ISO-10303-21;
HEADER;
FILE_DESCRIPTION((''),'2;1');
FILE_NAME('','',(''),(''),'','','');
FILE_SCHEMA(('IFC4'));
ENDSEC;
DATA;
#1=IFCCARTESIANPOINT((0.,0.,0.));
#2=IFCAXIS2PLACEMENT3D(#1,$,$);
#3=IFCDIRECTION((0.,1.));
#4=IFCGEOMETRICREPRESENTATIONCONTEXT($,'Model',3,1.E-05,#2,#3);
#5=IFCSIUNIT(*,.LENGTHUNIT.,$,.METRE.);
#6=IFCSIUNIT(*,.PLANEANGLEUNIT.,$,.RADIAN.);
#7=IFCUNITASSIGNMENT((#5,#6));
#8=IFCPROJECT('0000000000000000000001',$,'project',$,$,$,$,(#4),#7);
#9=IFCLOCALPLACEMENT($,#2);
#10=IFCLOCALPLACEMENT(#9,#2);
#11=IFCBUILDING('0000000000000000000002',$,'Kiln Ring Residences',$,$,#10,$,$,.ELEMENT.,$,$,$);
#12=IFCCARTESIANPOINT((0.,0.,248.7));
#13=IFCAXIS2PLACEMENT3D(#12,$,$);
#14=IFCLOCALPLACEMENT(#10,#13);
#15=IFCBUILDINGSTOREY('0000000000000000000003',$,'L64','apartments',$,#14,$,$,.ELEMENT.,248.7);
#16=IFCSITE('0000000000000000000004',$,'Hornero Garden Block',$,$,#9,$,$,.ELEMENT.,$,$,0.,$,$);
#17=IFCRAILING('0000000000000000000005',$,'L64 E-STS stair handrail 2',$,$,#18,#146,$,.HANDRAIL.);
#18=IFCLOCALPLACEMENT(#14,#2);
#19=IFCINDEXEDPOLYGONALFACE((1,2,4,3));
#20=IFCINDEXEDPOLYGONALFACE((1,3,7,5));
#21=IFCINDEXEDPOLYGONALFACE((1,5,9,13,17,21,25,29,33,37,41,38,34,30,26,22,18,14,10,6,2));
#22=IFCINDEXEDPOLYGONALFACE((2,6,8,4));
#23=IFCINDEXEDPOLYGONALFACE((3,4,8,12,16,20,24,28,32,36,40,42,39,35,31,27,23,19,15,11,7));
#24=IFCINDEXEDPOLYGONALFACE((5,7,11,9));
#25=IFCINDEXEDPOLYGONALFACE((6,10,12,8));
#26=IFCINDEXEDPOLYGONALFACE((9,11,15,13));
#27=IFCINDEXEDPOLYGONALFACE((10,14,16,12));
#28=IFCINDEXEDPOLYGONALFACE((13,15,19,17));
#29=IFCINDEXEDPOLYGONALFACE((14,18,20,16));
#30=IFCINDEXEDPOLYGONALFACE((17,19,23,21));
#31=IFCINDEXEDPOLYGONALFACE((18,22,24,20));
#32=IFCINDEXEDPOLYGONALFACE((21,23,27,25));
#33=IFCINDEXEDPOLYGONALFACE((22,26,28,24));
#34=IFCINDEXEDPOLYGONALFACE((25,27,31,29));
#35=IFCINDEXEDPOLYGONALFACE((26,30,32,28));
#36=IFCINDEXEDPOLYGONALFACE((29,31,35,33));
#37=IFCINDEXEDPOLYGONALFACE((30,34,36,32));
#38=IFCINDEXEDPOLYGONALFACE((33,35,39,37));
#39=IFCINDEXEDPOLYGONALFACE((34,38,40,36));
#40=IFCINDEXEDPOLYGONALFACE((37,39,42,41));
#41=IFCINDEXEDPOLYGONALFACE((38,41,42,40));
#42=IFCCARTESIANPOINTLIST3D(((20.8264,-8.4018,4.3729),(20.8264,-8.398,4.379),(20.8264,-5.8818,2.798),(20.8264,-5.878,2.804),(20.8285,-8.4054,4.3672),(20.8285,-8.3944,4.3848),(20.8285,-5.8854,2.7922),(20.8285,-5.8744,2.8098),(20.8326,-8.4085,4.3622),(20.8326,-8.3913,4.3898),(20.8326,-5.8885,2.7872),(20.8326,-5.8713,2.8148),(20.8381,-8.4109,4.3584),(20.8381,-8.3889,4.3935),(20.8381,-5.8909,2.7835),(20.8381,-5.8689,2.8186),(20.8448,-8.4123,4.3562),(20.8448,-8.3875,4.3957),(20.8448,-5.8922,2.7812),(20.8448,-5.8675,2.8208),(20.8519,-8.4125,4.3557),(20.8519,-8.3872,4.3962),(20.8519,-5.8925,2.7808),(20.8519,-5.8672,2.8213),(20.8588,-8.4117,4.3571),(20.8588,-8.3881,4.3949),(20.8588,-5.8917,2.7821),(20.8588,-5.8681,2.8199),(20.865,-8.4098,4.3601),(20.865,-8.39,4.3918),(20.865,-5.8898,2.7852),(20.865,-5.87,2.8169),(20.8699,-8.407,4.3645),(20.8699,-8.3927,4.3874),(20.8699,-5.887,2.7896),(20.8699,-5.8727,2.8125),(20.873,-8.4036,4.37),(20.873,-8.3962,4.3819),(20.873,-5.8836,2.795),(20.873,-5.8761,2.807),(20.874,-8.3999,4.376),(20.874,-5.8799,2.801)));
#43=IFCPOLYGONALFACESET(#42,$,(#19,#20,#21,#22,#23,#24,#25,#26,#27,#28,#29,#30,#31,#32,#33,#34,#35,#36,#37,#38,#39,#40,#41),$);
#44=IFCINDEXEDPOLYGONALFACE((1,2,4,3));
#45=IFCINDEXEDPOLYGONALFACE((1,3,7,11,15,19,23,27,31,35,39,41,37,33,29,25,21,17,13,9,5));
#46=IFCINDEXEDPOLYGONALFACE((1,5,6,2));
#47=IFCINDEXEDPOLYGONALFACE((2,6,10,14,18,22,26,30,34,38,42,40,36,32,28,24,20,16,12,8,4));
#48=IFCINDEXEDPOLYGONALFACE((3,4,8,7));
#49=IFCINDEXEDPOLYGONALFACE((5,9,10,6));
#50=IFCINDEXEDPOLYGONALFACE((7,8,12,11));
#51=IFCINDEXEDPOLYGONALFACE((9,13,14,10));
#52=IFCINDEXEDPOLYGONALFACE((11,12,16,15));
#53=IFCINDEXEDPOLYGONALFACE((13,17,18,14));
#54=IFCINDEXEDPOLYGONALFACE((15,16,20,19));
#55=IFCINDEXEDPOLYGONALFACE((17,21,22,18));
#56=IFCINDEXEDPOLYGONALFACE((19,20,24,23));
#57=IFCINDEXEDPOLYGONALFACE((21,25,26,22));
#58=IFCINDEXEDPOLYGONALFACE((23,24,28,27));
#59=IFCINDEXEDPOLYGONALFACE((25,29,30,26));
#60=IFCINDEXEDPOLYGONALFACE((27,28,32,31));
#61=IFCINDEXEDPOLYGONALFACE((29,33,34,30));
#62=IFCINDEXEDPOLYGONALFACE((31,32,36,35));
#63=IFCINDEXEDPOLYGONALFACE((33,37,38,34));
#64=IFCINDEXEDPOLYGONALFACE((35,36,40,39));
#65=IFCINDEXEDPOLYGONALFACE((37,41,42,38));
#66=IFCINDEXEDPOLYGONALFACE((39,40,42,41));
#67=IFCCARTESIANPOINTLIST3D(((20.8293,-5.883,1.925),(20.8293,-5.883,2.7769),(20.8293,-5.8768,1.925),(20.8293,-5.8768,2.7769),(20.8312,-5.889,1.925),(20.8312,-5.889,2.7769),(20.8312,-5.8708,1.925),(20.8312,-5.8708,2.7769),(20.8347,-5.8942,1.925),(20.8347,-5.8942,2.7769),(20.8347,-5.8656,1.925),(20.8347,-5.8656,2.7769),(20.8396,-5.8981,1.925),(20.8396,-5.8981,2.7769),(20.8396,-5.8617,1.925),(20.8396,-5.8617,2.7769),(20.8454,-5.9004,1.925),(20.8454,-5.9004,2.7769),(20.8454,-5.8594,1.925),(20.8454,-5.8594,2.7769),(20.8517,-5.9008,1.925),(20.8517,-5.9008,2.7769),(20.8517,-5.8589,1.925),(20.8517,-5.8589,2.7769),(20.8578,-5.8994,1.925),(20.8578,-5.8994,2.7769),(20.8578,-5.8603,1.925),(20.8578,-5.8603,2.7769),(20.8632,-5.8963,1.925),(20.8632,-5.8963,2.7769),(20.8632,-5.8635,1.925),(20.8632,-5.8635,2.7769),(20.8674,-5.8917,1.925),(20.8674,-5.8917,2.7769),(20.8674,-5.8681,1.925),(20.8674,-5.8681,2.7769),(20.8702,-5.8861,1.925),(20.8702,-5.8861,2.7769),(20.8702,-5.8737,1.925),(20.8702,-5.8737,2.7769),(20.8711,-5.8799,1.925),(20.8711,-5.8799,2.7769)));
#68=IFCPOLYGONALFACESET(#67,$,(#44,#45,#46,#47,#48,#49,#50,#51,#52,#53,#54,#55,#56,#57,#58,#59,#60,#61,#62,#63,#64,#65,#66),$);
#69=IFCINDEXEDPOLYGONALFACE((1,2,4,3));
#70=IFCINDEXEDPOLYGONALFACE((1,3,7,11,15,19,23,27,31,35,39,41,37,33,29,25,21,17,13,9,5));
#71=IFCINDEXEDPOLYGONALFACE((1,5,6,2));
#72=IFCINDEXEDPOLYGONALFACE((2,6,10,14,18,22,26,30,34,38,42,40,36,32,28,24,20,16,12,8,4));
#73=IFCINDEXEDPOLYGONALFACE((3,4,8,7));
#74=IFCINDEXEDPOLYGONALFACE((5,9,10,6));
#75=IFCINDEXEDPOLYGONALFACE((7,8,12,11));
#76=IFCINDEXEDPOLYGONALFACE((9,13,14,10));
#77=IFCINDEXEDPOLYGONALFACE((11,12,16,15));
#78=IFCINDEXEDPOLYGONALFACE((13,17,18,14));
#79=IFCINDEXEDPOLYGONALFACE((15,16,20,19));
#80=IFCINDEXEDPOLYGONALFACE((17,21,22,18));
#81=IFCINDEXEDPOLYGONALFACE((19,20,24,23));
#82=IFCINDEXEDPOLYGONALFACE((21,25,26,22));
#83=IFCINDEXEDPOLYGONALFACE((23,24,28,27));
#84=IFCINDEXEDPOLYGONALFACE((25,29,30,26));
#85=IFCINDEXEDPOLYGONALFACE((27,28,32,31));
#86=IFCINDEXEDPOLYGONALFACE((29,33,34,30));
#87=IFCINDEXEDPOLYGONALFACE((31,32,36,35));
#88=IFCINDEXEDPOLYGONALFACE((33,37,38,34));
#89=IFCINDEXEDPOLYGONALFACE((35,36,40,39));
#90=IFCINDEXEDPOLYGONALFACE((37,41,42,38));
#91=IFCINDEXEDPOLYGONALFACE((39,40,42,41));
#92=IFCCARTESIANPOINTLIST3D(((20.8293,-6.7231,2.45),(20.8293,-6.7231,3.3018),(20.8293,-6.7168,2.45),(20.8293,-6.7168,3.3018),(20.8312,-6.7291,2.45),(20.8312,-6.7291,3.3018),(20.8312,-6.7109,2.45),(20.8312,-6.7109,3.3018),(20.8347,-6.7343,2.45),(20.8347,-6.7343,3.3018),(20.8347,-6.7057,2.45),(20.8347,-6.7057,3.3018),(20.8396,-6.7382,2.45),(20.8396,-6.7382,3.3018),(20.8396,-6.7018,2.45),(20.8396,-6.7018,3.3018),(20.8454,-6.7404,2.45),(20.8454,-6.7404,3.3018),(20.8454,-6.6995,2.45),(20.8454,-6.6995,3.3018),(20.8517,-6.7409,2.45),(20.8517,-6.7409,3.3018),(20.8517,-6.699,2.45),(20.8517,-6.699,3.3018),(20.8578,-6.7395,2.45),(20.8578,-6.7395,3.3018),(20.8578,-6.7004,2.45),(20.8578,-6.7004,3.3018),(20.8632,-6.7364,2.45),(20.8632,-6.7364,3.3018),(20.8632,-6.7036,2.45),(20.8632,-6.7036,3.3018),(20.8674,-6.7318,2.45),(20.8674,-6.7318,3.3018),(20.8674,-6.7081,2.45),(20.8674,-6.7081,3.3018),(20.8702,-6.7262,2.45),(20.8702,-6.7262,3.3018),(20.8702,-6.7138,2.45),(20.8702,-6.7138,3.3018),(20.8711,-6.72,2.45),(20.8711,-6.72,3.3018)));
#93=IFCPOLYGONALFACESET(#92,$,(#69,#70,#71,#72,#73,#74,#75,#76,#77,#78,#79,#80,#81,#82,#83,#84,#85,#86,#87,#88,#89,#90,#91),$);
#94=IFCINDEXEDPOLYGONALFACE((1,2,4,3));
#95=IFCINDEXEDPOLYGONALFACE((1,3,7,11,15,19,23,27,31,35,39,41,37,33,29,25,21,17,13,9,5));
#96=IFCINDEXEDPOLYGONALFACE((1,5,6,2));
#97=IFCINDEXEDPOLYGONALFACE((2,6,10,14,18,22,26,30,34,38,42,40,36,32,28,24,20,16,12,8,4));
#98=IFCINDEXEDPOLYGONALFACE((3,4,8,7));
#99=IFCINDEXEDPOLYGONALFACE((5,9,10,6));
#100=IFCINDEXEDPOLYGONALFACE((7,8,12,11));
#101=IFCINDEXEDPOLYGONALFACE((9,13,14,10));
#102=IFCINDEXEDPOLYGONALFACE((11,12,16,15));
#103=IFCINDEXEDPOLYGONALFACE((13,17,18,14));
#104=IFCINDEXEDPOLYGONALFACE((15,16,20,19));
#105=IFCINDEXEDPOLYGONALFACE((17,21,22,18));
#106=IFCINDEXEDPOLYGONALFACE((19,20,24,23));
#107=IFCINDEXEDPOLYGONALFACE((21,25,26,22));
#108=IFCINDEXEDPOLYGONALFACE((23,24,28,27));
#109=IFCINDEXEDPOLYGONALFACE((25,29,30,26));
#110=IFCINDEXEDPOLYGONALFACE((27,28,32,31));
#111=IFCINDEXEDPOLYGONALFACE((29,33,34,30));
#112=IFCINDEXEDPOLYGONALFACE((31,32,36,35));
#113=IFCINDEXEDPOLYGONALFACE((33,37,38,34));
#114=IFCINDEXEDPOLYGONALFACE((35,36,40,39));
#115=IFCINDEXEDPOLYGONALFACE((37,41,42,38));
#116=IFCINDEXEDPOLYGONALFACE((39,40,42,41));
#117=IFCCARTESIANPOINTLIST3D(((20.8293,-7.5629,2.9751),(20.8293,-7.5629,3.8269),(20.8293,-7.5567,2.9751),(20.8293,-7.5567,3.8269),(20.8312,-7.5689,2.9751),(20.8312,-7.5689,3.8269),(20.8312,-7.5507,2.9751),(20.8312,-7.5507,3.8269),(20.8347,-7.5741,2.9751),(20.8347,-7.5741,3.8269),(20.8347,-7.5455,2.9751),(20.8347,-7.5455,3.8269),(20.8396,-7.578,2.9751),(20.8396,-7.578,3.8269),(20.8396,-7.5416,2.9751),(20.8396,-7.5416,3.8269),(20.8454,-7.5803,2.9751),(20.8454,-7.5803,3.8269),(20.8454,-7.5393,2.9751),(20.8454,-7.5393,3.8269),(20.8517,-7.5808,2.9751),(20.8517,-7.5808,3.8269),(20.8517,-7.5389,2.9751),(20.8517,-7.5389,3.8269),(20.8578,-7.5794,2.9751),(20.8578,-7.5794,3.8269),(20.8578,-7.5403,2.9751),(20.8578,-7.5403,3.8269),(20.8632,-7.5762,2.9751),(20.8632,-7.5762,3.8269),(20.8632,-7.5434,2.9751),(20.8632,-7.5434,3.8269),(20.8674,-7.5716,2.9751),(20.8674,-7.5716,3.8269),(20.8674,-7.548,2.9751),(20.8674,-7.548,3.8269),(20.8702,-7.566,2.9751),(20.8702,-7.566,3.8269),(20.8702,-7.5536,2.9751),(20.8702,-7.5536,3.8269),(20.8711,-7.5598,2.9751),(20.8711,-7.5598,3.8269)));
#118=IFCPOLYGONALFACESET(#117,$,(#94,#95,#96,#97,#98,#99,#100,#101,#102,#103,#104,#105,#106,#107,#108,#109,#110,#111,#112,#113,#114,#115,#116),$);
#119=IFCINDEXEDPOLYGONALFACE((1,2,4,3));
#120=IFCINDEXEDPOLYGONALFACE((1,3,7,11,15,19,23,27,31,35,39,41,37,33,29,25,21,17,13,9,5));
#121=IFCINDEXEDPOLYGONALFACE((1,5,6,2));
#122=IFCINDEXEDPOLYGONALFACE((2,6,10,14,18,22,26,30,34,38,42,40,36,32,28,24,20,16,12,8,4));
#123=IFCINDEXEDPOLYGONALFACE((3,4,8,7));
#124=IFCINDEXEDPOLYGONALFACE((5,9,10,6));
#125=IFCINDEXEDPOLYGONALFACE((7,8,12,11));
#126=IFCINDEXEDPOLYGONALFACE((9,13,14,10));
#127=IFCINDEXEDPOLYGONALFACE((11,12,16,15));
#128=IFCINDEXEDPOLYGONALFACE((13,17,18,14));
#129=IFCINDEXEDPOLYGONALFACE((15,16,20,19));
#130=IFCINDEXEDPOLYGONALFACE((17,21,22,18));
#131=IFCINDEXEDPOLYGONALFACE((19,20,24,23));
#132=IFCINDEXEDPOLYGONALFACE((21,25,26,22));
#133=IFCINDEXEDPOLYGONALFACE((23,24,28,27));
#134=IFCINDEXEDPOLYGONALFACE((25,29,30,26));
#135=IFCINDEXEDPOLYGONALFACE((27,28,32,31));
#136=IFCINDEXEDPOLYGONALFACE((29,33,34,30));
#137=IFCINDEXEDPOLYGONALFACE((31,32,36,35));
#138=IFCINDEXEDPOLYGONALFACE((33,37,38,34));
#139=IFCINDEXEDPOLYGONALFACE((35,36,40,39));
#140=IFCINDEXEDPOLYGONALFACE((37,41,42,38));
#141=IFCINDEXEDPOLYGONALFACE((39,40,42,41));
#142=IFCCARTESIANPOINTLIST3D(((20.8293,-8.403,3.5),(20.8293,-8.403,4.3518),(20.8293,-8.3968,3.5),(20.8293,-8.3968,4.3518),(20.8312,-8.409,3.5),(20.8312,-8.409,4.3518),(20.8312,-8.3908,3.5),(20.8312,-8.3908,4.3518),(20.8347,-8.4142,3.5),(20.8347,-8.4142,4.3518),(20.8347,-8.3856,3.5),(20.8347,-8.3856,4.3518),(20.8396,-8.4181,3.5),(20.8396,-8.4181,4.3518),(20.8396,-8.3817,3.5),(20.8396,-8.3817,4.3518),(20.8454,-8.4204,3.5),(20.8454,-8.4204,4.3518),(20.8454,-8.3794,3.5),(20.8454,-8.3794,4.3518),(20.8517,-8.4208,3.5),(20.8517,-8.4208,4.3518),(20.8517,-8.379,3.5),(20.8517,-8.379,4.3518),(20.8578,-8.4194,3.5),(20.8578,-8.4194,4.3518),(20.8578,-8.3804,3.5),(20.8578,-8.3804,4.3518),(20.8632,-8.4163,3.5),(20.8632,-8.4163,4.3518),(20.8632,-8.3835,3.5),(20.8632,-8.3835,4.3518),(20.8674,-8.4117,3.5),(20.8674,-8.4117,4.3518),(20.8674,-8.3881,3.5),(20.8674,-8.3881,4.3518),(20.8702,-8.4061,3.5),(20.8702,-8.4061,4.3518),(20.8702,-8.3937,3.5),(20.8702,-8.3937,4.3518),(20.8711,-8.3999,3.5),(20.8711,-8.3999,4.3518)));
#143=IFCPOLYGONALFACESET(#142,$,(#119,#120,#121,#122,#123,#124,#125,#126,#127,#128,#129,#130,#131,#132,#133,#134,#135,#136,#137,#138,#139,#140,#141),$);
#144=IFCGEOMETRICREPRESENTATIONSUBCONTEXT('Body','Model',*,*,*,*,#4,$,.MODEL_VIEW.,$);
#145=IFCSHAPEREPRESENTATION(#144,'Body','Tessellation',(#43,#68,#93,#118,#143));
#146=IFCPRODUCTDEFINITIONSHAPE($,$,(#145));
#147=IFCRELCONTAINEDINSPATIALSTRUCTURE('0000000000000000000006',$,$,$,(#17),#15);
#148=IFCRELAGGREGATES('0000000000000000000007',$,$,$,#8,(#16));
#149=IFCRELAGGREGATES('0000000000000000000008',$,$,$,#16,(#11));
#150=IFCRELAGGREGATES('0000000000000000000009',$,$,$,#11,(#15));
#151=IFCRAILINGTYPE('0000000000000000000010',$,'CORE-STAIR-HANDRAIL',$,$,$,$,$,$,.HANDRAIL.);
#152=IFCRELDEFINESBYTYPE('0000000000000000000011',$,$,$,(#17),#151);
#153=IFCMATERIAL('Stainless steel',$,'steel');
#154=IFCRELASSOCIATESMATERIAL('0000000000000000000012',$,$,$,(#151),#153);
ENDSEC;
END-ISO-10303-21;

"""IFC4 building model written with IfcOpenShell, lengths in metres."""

from ifc_helpers import new_model, si_unit, direction, frame, origin, origin_2d, place, context, subcontext, project, spatial, circle, extrude, material, type_object, element, save


model = new_model("IFC4")

# Units and contexts
model_context = context("Model", 3, precision=1e-05, world=origin(), true_north=direction((0.0, 1.0)))
body_context = subcontext(model_context, "Body", "Model", "MODEL_VIEW")
ifc_project = project(units=[si_unit("LENGTHUNIT", "METRE"), si_unit("PLANEANGLEUNIT", "RADIAN")], contexts=[model_context])

# Site, building, storey
site_placement = place(None, origin())
site = spatial("IfcSite", under=ifc_project, at=site_placement, Name="Hornero Garden Block", CompositionType="ELEMENT", RefElevation=0.0)
building_placement = place(site_placement, origin())
building = spatial("IfcBuilding", under=site, at=building_placement, Name="Kiln Ring Residences", CompositionType="ELEMENT")
storey_placement = place(building_placement, frame((0.0, 0.0, 248.7)))
storey = spatial("IfcBuildingStorey", under=building, at=storey_placement, Name="L64", Description="apartments", CompositionType="ELEMENT", Elevation=248.7)

# Railing
ifc_material_1 = material(Name="Stainless steel", Category="steel")
railing_type_1 = type_object("IfcRailingType", Name="CORE-STAIR-HANDRAIL", PredefinedType="HANDRAIL", material=ifc_material_1)
railing_1_placement = place(storey_placement, frame((20.8501, -5.8799, 1.925)))
element("IfcRailing", 1, at=railing_1_placement, inside=storey, type_object=railing_type_1, Name="L64 E-STS stair handrail 2", PredefinedType="HANDRAIL", context=body_context, shape_type="SweptSolid", body=[
    extrude(circle(Radius=0.0239, at=origin_2d()), frame((0.0, 0.0, 0.876), z_axis=(0.0, -0.848008, 0.529984), x_axis=(1.0, 0.0, 0.0)), (0.0, 0.0, 1.0), 2.9717),
    extrude(circle(Radius=0.021, at=origin_2d()), origin(), (0.0, 0.0, 1.0), 0.8518),
    extrude(circle(Radius=0.021, at=origin_2d()), frame((0.0, -0.8401, 0.5249)), (0.0, 0.0, 1.0), 0.8518),
    extrude(circle(Radius=0.021, at=origin_2d()), frame((0.0, -1.6799, 1.05)), (0.0, 0.0, 1.0), 0.8518),
    extrude(circle(Radius=0.021, at=origin_2d()), frame((0.0, -2.52, 1.575)), (0.0, 0.0, 1.0), 0.8518),
])

save(model, "model.ifc")
